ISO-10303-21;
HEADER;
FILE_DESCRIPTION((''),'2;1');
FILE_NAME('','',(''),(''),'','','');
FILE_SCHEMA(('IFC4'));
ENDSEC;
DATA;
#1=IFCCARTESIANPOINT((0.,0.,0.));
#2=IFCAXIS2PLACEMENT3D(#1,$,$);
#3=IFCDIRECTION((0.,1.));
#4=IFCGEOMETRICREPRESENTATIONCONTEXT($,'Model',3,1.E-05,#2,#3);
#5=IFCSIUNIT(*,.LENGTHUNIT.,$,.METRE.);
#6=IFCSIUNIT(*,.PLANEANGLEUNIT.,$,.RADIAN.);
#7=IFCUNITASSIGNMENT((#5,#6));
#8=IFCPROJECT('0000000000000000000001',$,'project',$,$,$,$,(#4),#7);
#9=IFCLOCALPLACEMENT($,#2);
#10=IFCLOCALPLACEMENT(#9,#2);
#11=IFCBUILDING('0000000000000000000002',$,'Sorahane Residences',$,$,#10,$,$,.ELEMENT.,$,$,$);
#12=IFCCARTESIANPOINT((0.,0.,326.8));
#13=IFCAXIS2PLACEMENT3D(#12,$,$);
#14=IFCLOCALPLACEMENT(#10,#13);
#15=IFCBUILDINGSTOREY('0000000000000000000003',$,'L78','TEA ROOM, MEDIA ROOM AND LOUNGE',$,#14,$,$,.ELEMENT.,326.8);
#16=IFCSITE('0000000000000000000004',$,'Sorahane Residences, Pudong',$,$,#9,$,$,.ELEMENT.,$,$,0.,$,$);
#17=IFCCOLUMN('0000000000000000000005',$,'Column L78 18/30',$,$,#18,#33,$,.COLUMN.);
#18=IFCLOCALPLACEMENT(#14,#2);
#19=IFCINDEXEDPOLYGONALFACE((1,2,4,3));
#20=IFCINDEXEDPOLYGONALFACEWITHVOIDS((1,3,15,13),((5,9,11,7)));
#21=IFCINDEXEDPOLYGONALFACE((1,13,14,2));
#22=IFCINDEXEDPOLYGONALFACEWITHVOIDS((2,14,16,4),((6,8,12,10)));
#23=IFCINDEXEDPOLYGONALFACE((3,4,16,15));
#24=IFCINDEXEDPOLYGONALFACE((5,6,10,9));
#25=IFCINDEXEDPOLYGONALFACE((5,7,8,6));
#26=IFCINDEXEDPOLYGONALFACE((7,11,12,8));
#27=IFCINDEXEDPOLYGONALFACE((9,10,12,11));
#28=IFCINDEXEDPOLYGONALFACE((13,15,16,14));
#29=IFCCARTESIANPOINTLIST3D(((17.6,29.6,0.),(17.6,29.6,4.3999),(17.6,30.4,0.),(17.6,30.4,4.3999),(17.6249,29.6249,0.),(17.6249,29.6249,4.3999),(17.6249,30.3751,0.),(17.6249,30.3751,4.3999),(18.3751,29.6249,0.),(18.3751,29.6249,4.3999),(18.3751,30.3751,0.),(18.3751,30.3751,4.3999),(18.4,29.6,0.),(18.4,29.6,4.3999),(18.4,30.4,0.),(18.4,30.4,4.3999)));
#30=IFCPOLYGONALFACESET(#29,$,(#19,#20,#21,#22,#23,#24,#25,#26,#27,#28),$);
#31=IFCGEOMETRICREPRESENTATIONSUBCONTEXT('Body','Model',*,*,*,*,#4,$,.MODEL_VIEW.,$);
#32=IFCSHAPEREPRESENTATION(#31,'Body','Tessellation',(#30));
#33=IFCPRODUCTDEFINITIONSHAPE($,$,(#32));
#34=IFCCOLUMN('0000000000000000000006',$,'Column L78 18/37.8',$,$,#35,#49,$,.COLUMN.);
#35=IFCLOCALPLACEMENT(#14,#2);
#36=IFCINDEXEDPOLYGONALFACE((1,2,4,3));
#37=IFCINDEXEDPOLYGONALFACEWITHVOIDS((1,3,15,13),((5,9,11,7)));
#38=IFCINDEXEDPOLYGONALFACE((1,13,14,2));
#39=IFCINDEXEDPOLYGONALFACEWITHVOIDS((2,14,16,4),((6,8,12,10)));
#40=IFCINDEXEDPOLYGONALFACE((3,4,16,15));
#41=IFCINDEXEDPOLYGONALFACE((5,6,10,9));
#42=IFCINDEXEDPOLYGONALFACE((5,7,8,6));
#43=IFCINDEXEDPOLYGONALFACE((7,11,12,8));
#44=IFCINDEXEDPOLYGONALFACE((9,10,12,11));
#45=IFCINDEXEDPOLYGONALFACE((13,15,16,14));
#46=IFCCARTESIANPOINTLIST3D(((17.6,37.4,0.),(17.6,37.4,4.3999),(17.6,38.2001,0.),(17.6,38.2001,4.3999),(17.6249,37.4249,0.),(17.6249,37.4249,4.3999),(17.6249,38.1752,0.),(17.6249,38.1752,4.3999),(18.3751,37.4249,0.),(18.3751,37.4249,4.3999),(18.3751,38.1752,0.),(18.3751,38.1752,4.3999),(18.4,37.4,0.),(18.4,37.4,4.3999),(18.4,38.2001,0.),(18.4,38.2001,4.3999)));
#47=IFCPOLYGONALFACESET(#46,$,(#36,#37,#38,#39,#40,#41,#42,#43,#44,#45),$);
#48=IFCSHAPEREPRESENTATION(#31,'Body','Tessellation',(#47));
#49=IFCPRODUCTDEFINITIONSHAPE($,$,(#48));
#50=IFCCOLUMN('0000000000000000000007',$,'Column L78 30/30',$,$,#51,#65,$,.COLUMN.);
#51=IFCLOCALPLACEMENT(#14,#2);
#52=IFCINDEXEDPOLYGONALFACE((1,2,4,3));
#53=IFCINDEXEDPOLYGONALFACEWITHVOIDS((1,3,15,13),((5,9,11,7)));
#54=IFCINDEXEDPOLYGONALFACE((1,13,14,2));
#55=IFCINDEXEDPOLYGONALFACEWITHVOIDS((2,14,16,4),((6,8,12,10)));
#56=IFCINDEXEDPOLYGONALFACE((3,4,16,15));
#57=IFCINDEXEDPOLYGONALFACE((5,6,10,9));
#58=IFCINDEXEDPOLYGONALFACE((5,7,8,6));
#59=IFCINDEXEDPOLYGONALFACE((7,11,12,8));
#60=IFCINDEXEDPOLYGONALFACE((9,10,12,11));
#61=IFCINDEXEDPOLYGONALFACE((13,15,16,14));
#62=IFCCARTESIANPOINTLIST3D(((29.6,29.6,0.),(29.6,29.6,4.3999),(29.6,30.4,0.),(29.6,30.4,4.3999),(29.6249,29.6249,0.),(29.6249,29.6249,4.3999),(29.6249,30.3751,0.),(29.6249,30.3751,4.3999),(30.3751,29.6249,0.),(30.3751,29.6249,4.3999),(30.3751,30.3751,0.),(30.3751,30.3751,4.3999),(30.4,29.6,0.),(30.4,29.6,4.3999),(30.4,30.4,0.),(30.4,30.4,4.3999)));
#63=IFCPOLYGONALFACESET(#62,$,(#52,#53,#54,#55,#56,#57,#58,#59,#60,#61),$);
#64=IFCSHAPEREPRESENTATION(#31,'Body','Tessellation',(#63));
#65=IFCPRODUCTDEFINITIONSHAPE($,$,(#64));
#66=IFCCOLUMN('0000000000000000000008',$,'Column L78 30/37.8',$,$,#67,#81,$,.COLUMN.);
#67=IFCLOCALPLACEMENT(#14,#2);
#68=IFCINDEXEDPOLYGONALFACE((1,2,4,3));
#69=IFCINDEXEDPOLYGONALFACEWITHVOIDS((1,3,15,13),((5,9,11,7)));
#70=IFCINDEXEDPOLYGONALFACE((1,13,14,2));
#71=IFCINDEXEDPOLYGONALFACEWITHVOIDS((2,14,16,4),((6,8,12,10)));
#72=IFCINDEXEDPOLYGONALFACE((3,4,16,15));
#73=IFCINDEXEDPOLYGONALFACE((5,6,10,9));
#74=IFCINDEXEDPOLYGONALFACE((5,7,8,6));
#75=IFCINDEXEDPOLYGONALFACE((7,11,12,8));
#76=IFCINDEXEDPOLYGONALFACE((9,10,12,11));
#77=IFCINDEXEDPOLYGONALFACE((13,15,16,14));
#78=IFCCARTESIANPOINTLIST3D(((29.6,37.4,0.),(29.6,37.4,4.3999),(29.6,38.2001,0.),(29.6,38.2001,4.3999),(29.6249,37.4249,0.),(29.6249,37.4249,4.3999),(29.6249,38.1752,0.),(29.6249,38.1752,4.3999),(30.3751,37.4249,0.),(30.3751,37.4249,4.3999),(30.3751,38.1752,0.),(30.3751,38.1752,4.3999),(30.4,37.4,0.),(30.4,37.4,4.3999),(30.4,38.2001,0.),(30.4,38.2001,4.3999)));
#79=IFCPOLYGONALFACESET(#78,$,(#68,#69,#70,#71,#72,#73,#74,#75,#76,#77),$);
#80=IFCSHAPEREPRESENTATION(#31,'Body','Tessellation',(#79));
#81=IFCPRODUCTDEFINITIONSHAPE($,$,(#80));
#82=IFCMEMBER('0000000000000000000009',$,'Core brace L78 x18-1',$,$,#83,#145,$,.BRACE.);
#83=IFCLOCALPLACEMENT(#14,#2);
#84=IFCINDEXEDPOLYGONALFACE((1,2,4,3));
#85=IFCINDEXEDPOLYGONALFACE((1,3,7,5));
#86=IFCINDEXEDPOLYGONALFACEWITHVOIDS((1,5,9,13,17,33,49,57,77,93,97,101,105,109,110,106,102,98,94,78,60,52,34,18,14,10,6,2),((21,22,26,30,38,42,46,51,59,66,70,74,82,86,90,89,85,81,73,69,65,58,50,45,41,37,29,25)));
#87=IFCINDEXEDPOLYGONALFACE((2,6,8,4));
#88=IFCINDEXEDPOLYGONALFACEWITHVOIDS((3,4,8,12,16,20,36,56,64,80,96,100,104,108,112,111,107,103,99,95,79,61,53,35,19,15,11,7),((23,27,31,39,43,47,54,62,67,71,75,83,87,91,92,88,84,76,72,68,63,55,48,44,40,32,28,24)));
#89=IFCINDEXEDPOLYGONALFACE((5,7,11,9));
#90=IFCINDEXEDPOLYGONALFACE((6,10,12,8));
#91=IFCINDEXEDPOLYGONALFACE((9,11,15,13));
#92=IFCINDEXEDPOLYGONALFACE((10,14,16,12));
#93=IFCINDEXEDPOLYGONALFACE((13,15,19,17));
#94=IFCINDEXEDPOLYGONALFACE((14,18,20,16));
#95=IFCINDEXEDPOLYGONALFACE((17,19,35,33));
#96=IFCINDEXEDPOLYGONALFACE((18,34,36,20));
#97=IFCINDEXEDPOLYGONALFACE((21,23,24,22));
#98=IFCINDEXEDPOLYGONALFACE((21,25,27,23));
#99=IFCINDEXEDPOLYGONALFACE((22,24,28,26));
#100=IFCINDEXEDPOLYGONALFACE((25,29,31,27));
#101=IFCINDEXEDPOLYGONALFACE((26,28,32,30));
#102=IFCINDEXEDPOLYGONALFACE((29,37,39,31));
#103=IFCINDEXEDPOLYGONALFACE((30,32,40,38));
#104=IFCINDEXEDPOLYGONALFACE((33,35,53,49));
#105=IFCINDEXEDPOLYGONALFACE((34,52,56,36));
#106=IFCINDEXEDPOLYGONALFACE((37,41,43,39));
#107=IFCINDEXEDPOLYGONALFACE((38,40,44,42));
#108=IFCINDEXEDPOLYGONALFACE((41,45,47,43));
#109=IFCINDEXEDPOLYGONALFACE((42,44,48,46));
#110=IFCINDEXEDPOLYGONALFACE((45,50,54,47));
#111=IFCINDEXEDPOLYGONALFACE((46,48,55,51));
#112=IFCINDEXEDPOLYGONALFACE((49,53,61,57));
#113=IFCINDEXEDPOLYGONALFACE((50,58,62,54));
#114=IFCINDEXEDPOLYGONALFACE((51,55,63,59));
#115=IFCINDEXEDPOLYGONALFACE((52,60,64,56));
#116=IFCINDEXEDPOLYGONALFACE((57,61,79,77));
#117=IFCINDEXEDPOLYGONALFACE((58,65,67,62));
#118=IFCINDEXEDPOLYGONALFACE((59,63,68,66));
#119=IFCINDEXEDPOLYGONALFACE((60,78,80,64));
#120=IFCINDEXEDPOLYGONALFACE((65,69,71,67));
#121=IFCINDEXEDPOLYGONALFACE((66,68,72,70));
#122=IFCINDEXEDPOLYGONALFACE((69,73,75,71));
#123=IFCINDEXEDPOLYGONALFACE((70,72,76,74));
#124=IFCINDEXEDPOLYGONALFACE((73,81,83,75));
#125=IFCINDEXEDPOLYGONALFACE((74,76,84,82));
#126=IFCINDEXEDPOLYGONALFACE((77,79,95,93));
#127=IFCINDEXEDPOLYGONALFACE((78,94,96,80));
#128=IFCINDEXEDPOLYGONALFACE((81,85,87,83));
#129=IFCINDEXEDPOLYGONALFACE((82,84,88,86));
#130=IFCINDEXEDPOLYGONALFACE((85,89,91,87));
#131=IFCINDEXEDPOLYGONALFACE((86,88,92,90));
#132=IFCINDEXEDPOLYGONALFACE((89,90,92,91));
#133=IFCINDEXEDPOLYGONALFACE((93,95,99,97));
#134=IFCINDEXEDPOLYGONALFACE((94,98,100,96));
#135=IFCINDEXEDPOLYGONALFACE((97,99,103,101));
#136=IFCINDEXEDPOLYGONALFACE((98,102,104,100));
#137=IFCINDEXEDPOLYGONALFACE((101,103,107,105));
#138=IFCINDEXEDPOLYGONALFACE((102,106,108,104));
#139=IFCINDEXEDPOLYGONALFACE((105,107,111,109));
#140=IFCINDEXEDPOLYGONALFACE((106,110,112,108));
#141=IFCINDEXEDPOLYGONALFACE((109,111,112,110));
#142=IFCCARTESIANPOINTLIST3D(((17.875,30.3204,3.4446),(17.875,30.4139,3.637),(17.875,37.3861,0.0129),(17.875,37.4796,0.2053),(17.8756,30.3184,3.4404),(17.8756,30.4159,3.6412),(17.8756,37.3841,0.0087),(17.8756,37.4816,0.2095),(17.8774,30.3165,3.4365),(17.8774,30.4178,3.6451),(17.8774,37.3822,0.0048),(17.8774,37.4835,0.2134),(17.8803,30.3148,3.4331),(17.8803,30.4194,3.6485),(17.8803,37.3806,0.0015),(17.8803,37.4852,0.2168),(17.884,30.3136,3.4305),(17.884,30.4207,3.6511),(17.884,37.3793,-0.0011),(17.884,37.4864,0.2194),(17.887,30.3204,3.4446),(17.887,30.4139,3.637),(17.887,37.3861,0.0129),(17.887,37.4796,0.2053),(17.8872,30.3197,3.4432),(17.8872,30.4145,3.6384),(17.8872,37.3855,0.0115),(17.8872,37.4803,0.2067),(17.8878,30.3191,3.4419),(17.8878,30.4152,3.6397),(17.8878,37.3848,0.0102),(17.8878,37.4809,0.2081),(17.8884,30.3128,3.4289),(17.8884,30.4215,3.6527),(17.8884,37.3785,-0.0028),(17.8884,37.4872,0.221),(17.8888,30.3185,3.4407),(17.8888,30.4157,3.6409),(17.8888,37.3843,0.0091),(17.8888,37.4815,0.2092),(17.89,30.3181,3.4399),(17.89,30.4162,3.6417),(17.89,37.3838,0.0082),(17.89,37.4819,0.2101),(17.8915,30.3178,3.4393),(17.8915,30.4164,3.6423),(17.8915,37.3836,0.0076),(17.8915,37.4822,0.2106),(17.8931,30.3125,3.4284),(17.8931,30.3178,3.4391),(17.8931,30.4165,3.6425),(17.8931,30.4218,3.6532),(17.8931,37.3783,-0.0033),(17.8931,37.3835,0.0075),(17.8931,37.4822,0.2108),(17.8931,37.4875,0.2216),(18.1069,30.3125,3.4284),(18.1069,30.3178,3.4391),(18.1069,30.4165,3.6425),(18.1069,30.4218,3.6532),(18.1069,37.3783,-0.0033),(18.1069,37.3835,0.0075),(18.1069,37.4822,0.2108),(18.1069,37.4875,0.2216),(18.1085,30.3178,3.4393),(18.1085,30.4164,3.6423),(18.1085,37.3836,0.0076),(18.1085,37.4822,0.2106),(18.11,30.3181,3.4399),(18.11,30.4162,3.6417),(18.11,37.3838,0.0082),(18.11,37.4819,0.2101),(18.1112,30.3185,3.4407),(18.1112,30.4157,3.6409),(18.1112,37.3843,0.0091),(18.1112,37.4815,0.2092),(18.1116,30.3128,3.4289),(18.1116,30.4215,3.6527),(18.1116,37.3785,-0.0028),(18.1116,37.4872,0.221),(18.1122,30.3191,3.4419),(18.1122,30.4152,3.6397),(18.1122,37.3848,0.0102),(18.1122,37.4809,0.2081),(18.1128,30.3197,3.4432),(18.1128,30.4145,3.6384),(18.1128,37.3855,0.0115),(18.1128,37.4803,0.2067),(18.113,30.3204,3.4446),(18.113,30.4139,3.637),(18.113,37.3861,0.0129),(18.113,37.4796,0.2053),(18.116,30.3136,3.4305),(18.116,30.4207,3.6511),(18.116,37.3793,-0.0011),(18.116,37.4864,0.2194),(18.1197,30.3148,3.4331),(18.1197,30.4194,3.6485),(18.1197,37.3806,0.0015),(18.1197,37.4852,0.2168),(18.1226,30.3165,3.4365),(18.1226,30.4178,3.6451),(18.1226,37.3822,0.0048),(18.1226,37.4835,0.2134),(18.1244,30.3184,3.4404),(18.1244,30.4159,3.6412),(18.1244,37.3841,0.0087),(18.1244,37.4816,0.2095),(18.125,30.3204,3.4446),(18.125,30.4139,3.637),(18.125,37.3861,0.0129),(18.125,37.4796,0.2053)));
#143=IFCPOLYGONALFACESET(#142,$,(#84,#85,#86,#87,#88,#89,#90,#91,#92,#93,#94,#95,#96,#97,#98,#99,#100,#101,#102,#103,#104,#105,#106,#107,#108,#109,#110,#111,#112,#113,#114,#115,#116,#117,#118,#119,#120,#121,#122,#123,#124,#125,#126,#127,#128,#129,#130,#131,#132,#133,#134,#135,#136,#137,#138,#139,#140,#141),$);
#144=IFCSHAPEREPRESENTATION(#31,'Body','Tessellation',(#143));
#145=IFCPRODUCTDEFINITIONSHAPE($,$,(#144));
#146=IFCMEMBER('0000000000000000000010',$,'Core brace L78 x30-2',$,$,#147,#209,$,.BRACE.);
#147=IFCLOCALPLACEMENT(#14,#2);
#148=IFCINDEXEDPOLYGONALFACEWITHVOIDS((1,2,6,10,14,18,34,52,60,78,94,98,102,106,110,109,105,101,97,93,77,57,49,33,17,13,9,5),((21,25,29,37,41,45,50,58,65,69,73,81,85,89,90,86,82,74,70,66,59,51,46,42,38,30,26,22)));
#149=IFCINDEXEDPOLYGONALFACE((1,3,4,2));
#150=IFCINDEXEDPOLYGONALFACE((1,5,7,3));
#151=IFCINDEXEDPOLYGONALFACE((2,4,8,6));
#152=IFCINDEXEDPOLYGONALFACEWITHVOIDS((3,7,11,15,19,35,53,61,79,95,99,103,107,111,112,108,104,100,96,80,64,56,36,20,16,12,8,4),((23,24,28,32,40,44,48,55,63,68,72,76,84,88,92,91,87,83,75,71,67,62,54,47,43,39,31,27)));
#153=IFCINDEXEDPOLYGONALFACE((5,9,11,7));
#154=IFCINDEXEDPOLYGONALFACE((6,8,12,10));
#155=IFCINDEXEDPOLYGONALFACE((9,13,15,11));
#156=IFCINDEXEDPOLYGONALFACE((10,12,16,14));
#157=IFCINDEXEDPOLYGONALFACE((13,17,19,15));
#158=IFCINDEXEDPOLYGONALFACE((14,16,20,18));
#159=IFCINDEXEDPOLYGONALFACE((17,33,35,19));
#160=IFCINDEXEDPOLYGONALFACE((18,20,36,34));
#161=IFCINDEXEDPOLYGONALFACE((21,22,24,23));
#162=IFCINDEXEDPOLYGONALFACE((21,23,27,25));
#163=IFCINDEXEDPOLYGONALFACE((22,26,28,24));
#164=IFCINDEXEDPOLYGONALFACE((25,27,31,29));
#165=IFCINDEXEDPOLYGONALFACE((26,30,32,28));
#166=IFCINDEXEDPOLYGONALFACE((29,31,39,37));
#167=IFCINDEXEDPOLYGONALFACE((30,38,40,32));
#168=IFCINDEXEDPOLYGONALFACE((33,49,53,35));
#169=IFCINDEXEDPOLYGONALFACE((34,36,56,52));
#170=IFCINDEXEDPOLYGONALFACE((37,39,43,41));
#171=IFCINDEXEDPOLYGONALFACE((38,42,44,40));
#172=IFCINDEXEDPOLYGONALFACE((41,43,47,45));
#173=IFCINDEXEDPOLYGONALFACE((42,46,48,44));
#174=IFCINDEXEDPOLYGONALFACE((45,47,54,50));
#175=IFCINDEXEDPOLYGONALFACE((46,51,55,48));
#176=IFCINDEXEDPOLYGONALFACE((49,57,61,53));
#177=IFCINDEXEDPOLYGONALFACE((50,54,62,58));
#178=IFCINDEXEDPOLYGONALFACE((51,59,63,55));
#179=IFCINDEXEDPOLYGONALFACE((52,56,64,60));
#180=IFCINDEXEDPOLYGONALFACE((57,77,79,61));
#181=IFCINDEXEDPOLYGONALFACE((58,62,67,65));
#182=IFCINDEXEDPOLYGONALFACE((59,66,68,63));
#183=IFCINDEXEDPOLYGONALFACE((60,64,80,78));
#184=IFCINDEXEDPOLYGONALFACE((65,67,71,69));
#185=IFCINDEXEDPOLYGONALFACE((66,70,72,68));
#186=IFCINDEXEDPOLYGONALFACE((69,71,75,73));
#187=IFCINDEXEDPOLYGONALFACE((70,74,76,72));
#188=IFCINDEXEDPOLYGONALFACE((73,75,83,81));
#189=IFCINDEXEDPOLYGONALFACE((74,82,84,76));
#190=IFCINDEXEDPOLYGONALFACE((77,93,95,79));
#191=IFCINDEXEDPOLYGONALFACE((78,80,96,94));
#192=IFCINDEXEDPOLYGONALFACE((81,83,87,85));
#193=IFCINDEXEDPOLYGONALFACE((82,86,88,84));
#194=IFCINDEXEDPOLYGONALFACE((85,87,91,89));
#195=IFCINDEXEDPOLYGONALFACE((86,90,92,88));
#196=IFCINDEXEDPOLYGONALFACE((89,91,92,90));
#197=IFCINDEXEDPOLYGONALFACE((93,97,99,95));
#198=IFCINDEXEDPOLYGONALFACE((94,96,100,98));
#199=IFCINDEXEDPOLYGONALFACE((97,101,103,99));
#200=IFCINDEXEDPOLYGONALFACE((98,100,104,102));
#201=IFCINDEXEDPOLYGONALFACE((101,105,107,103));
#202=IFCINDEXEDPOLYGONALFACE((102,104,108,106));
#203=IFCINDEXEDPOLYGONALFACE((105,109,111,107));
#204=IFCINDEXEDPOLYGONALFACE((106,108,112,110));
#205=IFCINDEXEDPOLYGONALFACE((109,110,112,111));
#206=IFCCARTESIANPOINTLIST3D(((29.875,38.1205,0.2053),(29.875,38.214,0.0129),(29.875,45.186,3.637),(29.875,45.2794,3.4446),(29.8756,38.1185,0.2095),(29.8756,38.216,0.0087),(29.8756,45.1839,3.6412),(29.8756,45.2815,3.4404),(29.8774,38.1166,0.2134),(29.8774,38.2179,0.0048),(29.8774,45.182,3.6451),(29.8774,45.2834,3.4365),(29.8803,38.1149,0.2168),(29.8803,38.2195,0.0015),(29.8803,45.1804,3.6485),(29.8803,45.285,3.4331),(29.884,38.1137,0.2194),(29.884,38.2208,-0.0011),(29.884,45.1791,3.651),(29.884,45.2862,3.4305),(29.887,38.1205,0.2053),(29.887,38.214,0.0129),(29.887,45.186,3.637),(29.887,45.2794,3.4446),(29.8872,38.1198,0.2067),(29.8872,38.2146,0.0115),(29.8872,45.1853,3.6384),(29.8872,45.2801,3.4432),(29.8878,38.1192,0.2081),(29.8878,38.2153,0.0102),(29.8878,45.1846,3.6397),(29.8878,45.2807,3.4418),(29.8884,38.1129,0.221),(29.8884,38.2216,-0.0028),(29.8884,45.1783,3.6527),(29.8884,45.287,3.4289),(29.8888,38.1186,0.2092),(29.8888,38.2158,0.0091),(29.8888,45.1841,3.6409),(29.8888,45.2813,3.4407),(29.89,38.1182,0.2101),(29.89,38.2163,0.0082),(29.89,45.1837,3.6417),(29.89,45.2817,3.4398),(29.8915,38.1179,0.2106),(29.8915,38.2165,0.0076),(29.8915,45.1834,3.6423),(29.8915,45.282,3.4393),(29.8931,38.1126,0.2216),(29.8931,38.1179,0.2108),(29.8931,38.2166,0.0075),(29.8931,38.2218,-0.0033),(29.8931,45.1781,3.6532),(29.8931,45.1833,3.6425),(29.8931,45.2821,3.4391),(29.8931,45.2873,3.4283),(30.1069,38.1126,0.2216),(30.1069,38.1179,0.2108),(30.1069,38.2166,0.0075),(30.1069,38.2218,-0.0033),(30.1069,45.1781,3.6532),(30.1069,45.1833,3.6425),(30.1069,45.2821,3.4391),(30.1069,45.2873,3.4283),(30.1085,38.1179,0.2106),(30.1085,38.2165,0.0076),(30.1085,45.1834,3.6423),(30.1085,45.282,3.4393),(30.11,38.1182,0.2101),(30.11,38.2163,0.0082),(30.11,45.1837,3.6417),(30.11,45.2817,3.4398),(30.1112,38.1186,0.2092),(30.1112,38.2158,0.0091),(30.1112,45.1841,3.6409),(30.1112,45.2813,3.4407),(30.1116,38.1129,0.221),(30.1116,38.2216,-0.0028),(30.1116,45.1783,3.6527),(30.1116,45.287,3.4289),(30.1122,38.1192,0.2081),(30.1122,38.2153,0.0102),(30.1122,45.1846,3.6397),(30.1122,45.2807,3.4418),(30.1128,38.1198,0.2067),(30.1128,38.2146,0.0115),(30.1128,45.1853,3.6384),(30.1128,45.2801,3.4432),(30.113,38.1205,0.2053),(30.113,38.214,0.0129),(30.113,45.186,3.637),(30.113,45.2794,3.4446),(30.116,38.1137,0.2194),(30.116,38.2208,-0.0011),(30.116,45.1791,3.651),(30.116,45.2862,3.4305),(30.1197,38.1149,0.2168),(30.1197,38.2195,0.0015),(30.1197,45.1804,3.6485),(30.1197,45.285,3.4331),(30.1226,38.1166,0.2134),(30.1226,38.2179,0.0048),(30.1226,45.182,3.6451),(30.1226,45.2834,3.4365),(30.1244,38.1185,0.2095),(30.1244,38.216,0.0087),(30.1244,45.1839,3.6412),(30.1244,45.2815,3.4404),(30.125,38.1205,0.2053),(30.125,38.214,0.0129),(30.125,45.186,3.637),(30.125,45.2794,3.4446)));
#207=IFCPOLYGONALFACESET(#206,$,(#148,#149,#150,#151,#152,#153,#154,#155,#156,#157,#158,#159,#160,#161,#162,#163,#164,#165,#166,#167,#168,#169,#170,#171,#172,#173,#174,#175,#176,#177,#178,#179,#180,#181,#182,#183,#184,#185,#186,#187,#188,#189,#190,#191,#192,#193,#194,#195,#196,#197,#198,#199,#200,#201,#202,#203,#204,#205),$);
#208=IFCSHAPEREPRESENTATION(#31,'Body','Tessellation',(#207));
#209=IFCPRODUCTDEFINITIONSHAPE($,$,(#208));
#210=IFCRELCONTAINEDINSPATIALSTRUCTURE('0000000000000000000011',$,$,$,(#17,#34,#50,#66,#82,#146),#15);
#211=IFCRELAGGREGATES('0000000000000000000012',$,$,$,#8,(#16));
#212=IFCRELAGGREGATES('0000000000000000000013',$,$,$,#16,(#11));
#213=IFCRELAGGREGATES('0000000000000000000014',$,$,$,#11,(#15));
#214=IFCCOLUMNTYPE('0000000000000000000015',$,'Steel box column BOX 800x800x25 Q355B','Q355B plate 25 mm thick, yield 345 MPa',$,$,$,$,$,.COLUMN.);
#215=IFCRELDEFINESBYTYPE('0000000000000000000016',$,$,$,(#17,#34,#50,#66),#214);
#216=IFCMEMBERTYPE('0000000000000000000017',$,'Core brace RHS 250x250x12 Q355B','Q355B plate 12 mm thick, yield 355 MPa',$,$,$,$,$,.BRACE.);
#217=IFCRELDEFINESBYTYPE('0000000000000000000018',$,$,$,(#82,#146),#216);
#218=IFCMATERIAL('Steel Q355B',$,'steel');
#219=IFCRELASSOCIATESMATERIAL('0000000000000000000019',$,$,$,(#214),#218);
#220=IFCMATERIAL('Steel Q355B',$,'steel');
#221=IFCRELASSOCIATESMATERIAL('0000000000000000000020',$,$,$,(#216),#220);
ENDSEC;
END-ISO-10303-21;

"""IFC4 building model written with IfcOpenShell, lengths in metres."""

from ifc_helpers import new_model, si_unit, direction, frame, origin, origin_2d, place, context, subcontext, project, spatial, hollow_rectangle, extrude, material, material_profile, profile_set, type_object, element, save


model = new_model("IFC4")

# Units and contexts
model_context = context("Model", 3, precision=1e-05, world=origin(), true_north=direction((0.0, 1.0)))
body_context = subcontext(model_context, "Body", "Model", "MODEL_VIEW")
ifc_project = project(units=[si_unit("LENGTHUNIT", "METRE"), si_unit("PLANEANGLEUNIT", "RADIAN")], contexts=[model_context])

# Site, building, storey
site_placement = place(None, origin())
site = spatial("IfcSite", under=ifc_project, at=site_placement, Name="Sorahane Residences, Pudong", CompositionType="ELEMENT", RefElevation=0.0)
building_placement = place(site_placement, origin())
building = spatial("IfcBuilding", under=site, at=building_placement, Name="Sorahane Residences", CompositionType="ELEMENT")
storey_placement = place(building_placement, frame((0.0, 0.0, 326.8)))
storey = spatial("IfcBuildingStorey", under=building, at=storey_placement, Name="L78", Description="TEA ROOM, MEDIA ROOM AND LOUNGE", CompositionType="ELEMENT", Elevation=326.8)

# Columns
ifc_material_1 = material(Name="Steel Q355B", Category="steel")
ifc_material_profile_1 = material_profile(ifc_material_1, hollow_rectangle(XDim=0.8, YDim=0.8, WallThickness=0.0249, at=origin_2d()), Name="BOX 800x800x25")
ifc_profile_set_1 = profile_set([ifc_material_profile_1], Name="Steel Q355B")
column_type = type_object("IfcColumnType", Name="Steel box column BOX 800x800x25 Q355B", Description="Q355B plate 25 mm thick, yield 345 MPa", PredefinedType="COLUMN", material=ifc_profile_set_1)
for number, where, z_axis, x_axis, name in (
    (1, (18.0, 30.0, 0.0), (0.0, 0.0, 1.0), (1.0, 0.0, 0.0), "Column L78 18/30"),
    (2, (18.0, 37.8, 0.0), (0.0, 0.0, 1.0), (1.0, 0.0, 0.0), "Column L78 18/37.8"),
    (3, (30.0, 30.0, 0.0), (0.0, 0.0, 1.0), (1.0, 0.0, 0.0), "Column L78 30/30"),
    (4, (30.0, 37.8, 0.0), (0.0, 0.0, 1.0), (1.0, 0.0, 0.0), "Column L78 30/37.8"),
):
    element("IfcColumn", number, at=place(storey_placement, frame(where, z_axis=z_axis, x_axis=x_axis)), inside=storey, type_object=column_type, Name=name, PredefinedType="COLUMN", context=body_context, shape_type="SweptSolid", body=[
        extrude(hollow_rectangle(XDim=0.8, YDim=0.8, WallThickness=0.0249, at=origin_2d()), origin(), (0.0, 0.0, 1.0), 4.3999),
    ])

# Members
ifc_material_2 = material(Name="Steel Q355B", Category="steel")
ifc_material_profile_2 = material_profile(ifc_material_2, hollow_rectangle(XDim=0.25, YDim=0.25, WallThickness=0.012, InnerFilletRadius=0.0061, OuterFilletRadius=0.0181, at=origin_2d()), Name="RHS 250x250x12")
ifc_profile_set_2 = profile_set([ifc_material_profile_2], Name="Steel Q355B")
member_type = type_object("IfcMemberType", Name="Core brace RHS 250x250x12 Q355B", Description="Q355B plate 12 mm thick, yield 355 MPa", PredefinedType="BRACE", material=ifc_profile_set_2)
member_1_placement = place(storey_placement, frame((18.0, 37.4329, 0.1091), z_axis=(0.0, -0.899521, 0.436877), x_axis=(1.0, 0.0, 0.0)))
element("IfcMember", 5, at=member_1_placement, inside=storey, type_object=member_type, Name="Core brace L78 x18-1", PredefinedType="BRACE", context=body_context, shape_type="SweptSolid", body=[
    extrude(hollow_rectangle(XDim=0.25, YDim=0.25, WallThickness=0.012, InnerFilletRadius=0.0061, OuterFilletRadius=0.0181, at=origin_2d()), origin(), (0.0, 0.0, 1.0), 7.855),
])
member_2_placement = place(storey_placement, frame((30.0, 38.1672, 0.1091), z_axis=(0.0, 0.899515, 0.43689), x_axis=(-1.0, 0.0, 0.0)))
element("IfcMember", 6, at=member_2_placement, inside=storey, type_object=member_type, Name="Core brace L78 x30-2", PredefinedType="BRACE", context=body_context, shape_type="SweptSolid", body=[
    extrude(hollow_rectangle(XDim=0.25, YDim=0.25, WallThickness=0.012, InnerFilletRadius=0.0061, OuterFilletRadius=0.0181, at=origin_2d()), origin(), (0.0, 0.0, 1.0), 7.8547),
])

save(model, "model.ifc")
